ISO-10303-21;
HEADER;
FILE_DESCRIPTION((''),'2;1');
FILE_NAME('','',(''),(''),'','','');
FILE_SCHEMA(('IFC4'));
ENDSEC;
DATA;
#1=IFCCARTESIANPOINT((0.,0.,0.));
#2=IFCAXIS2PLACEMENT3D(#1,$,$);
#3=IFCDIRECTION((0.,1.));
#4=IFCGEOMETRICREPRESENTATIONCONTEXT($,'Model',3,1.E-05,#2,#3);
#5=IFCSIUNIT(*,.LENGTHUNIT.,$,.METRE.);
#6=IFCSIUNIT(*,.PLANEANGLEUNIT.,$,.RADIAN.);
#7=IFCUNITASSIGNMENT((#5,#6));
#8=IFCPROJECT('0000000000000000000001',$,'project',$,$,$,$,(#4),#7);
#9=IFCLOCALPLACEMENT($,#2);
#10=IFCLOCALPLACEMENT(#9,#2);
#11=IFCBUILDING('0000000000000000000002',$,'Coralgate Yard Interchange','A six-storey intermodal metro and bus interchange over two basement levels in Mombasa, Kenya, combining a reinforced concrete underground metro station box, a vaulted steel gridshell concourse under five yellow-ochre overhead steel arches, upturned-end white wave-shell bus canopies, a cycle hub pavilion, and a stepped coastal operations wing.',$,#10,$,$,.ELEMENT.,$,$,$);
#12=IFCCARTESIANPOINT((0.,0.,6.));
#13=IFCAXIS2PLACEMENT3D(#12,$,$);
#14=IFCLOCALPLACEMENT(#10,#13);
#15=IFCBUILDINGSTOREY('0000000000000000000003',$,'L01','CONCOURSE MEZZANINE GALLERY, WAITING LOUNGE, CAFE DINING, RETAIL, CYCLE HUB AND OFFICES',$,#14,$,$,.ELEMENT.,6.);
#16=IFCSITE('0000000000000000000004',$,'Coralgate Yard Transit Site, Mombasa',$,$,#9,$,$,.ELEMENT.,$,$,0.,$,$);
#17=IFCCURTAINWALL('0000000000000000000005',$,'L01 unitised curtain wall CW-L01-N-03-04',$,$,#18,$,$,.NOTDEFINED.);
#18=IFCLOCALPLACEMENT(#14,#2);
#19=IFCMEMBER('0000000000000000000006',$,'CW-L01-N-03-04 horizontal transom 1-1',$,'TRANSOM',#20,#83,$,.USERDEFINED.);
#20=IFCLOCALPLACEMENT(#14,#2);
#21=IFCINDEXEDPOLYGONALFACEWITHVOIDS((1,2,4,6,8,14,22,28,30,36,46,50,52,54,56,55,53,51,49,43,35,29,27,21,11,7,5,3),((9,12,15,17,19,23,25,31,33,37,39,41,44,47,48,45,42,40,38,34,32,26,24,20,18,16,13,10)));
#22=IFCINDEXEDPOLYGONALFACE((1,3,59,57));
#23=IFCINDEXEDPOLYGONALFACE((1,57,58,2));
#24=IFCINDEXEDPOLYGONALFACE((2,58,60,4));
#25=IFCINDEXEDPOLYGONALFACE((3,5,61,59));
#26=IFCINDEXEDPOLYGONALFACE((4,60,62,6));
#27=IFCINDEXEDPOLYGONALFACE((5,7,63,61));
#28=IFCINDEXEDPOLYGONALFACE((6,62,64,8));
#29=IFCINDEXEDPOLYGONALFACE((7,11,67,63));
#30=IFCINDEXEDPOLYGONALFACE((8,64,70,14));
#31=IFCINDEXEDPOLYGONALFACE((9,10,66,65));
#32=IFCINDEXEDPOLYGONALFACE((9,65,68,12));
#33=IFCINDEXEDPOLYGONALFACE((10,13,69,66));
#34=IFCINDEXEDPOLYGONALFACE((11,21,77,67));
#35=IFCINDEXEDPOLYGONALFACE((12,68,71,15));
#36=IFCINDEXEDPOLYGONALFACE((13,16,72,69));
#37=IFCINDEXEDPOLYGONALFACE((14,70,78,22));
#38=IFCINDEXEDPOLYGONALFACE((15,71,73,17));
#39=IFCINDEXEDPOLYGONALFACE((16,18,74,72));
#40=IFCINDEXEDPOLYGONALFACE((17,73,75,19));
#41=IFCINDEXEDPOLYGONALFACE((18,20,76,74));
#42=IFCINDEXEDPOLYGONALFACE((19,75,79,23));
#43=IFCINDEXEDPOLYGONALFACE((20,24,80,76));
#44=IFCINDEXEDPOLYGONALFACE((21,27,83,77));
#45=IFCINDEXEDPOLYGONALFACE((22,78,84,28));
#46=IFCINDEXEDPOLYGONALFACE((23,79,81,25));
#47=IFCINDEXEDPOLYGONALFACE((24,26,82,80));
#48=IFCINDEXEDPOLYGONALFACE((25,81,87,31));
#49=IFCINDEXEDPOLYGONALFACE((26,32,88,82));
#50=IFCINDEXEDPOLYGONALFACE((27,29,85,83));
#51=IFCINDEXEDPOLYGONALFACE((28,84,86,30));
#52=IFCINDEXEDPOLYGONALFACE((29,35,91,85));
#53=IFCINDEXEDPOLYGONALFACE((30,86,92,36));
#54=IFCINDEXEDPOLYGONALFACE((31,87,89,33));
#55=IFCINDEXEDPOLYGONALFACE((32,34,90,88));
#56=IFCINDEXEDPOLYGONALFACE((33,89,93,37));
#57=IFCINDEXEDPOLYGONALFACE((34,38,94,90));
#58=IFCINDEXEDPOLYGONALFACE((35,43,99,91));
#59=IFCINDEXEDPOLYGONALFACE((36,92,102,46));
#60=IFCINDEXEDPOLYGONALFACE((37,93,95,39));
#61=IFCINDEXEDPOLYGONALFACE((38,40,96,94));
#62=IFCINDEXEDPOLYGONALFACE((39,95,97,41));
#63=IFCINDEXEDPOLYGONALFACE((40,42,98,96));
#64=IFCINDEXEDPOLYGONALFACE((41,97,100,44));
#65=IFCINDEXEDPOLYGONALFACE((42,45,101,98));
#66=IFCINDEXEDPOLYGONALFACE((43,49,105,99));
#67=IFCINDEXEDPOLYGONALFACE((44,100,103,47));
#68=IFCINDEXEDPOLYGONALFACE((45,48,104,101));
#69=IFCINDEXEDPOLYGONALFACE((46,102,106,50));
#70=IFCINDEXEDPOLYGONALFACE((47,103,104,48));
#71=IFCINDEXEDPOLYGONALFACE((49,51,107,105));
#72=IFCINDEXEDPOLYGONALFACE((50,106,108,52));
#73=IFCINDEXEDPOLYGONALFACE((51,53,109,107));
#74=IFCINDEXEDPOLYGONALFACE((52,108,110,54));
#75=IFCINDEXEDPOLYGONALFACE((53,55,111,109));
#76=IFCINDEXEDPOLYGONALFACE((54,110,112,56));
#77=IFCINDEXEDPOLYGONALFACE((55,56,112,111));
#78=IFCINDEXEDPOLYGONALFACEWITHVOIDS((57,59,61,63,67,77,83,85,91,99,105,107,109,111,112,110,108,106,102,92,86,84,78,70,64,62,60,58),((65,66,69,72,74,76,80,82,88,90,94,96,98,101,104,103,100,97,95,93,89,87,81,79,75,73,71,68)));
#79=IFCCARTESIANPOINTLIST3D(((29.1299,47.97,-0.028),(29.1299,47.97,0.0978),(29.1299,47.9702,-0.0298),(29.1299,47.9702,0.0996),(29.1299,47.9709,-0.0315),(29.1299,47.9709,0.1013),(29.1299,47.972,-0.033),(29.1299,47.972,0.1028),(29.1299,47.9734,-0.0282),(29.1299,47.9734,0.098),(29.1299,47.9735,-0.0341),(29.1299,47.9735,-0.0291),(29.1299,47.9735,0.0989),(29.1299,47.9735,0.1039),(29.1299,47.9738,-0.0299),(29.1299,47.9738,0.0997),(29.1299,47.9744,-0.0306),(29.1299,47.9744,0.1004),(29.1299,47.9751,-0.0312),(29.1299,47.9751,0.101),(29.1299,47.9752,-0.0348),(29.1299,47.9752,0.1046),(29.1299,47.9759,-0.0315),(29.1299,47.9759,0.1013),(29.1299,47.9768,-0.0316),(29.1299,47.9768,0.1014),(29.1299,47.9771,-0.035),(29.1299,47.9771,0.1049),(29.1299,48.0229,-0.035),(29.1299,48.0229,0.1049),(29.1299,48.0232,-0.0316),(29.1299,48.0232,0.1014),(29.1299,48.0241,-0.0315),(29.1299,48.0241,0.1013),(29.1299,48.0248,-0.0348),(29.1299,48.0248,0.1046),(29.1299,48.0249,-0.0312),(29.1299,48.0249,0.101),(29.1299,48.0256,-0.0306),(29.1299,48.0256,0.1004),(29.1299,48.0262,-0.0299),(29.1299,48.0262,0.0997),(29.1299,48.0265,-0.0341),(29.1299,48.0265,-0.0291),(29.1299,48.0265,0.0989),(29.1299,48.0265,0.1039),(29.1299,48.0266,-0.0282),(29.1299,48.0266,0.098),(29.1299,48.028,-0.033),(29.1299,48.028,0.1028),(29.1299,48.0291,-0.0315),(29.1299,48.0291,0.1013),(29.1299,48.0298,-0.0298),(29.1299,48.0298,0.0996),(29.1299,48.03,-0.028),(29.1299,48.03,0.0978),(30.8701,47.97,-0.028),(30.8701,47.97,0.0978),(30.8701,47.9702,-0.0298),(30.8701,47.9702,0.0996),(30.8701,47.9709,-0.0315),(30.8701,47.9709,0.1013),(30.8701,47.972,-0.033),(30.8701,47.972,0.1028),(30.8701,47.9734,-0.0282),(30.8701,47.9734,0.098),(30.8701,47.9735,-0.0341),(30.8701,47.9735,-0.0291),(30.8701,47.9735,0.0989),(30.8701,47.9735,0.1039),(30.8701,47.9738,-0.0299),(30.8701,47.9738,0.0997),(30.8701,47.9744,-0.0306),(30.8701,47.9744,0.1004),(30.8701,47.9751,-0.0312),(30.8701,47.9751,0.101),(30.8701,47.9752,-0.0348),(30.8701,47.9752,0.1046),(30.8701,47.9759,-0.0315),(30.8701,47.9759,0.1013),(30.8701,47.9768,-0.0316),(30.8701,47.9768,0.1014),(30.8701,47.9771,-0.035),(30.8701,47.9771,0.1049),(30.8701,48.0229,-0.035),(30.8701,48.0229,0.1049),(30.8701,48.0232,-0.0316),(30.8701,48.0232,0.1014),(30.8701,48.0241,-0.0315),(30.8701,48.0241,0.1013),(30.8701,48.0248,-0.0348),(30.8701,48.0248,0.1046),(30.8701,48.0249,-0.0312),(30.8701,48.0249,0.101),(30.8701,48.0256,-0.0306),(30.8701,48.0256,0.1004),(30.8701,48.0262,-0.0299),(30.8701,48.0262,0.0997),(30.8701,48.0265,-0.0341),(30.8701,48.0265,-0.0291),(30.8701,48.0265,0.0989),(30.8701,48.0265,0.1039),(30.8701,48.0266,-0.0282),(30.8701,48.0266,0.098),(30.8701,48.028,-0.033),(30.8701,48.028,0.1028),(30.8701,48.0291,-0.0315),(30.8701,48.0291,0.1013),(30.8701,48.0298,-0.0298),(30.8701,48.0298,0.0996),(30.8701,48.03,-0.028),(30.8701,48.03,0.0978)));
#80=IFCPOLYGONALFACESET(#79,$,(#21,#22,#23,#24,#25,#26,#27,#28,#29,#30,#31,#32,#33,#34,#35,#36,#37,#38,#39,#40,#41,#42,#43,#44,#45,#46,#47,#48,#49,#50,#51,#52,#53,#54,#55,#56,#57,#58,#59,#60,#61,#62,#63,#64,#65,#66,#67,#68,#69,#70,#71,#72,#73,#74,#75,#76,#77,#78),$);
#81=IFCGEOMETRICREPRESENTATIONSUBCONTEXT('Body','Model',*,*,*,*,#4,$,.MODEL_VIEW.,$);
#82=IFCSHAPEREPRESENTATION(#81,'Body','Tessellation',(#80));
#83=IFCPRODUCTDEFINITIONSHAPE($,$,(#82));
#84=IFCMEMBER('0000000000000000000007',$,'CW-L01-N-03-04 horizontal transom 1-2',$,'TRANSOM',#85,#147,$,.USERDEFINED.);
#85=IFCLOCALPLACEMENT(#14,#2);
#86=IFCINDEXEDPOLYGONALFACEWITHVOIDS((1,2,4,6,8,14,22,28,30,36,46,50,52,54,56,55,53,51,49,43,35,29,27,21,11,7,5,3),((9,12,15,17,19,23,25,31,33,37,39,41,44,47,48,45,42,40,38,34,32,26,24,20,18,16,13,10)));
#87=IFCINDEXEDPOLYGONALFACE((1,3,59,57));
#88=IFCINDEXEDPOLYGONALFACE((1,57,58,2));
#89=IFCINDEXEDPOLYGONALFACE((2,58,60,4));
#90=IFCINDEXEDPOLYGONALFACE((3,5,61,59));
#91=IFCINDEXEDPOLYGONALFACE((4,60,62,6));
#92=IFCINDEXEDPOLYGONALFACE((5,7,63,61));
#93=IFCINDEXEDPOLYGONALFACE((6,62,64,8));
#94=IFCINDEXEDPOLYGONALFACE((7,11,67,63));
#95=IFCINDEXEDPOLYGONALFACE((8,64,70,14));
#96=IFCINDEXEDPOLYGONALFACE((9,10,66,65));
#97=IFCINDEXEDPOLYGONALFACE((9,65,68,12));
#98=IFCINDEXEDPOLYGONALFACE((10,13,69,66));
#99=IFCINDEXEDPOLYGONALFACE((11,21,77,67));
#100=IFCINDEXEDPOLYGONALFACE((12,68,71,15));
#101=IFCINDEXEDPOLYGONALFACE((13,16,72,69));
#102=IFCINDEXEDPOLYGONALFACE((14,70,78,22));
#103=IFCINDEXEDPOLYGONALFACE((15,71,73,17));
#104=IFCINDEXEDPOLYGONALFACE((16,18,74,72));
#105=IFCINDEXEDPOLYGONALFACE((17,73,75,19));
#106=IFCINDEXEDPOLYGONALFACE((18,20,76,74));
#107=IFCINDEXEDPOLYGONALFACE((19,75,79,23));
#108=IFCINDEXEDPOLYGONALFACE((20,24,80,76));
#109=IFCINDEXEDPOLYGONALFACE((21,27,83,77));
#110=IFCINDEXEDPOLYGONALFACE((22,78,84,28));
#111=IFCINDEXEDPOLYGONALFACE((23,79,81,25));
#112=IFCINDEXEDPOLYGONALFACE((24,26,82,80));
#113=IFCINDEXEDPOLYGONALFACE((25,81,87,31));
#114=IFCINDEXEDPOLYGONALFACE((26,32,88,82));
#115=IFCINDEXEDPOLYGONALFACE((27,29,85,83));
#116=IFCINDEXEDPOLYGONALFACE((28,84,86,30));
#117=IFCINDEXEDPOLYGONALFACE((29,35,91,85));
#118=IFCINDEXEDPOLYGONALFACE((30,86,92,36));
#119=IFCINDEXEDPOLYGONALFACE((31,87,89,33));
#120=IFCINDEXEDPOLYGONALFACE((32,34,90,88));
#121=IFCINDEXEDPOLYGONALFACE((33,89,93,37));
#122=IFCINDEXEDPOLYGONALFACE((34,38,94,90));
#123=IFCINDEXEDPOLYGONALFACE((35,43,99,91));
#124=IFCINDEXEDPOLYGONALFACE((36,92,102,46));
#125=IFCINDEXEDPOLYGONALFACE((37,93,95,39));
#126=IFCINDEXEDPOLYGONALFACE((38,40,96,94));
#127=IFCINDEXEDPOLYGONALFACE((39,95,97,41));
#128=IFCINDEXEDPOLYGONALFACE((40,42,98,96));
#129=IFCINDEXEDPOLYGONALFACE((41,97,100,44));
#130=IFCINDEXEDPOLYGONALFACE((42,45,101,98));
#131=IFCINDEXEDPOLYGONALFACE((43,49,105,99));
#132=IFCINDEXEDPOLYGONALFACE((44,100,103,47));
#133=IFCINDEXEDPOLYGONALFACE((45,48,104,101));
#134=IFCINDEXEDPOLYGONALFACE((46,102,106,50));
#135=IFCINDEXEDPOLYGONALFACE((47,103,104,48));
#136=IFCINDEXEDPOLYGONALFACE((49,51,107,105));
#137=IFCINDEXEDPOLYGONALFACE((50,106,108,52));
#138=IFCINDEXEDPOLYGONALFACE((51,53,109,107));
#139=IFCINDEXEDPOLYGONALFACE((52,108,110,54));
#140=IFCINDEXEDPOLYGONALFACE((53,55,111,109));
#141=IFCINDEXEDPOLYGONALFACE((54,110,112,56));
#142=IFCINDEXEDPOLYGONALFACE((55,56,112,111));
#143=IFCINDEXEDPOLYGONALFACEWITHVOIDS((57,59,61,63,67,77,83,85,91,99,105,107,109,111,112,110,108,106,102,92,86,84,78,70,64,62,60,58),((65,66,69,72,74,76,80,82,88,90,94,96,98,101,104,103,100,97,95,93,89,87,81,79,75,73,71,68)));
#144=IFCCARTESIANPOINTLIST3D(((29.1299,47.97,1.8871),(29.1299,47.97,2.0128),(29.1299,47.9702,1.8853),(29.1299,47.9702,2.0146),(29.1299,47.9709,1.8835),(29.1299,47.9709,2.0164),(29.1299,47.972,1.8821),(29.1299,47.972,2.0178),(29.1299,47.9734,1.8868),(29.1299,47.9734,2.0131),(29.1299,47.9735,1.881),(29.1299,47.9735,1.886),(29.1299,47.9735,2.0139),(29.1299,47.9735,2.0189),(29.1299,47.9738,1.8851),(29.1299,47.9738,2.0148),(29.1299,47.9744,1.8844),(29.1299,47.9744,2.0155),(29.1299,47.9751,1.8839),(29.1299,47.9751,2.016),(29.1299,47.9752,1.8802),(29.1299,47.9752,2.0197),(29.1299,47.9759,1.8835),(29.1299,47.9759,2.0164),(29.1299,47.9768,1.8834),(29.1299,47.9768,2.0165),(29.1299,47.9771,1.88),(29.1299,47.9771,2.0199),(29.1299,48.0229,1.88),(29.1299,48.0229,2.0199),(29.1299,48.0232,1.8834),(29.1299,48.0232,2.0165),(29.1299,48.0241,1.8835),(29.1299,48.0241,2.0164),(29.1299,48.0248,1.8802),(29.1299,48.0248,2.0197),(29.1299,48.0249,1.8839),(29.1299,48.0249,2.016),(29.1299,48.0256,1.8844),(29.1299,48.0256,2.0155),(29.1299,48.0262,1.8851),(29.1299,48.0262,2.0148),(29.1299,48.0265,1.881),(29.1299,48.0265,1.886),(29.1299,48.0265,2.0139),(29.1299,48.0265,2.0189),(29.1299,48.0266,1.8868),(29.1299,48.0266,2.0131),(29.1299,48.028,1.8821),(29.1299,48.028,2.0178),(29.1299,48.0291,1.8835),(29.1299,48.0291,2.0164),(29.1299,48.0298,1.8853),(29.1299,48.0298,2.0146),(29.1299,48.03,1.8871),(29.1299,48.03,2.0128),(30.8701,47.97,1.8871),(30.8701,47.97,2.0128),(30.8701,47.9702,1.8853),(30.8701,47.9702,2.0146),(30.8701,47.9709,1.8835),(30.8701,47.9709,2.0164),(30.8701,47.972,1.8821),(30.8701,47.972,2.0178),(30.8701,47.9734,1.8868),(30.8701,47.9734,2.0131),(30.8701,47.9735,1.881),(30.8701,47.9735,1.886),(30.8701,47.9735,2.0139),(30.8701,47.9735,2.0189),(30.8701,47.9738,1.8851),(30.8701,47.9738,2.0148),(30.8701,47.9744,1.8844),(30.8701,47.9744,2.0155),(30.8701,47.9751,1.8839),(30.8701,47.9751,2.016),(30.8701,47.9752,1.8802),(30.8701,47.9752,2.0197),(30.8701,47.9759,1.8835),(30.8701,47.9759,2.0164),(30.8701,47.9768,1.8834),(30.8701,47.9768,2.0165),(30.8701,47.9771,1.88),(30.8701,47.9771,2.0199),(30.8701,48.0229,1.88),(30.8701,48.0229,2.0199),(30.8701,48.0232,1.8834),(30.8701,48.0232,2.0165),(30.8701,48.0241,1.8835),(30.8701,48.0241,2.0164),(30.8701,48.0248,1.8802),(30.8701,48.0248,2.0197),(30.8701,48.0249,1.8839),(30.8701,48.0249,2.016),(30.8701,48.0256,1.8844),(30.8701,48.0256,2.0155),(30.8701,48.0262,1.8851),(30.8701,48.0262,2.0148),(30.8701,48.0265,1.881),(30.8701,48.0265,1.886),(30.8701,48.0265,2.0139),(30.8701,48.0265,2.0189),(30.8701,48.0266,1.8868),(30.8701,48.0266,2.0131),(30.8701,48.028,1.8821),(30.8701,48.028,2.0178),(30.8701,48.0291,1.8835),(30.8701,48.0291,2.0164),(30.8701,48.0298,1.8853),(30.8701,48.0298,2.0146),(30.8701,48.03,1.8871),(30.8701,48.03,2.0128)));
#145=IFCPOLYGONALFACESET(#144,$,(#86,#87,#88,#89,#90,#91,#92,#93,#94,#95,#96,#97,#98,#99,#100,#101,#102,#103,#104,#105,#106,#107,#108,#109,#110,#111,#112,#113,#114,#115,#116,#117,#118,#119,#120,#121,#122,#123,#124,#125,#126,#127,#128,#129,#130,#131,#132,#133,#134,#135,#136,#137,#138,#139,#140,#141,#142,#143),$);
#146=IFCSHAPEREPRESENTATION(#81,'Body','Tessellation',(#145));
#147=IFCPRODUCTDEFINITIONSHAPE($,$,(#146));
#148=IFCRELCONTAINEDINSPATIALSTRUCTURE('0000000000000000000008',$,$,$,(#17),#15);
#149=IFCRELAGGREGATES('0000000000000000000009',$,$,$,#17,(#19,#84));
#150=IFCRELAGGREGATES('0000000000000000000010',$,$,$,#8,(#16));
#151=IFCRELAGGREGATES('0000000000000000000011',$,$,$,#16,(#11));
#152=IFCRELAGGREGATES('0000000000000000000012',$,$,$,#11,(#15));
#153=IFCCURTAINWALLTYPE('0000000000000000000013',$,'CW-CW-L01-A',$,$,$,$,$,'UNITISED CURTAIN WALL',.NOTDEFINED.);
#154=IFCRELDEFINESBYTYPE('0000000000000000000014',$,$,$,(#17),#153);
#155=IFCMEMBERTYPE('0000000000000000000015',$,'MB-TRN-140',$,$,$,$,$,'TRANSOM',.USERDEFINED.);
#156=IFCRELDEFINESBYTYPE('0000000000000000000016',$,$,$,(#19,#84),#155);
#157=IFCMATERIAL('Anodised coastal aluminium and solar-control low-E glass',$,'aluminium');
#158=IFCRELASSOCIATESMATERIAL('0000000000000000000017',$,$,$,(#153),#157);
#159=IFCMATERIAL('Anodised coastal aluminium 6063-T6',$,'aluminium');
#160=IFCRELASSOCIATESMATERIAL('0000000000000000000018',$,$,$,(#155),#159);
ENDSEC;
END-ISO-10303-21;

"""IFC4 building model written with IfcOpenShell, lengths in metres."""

from ifc_helpers import new_model, si_unit, direction, frame, origin, origin_2d, place, context, subcontext, project, spatial, hollow_rectangle, extrude, material, material_profile, profile_set, type_object, element, aggregate, save


model = new_model("IFC4")

# Units and contexts
model_context = context("Model", 3, precision=1e-05, world=origin(), true_north=direction((0.0, 1.0)))
body_context = subcontext(model_context, "Body", "Model", "MODEL_VIEW")
ifc_project = project(units=[si_unit("LENGTHUNIT", "METRE"), si_unit("PLANEANGLEUNIT", "RADIAN")], contexts=[model_context])

# Site, building, storey
site_placement = place(None, origin())
site = spatial("IfcSite", under=ifc_project, at=site_placement, Name="Coralgate Yard Transit Site, Mombasa", CompositionType="ELEMENT", RefElevation=0.0)
building_placement = place(site_placement, origin())
building = spatial("IfcBuilding", under=site, at=building_placement, Name="Coralgate Yard Interchange", Description="A six-storey intermodal metro and bus interchange over two basement levels in Mombasa, Kenya, combining a reinforced concrete underground metro station box, a vaulted steel gridshell concourse under five yellow-ochre overhead steel arches, upturned-end white wave-shell bus canopies, a cycle hub pavilion, and a stepped coastal operations wing.", CompositionType="ELEMENT")
storey_placement = place(building_placement, frame((0.0, 0.0, 6.0)))
storey = spatial("IfcBuildingStorey", under=building, at=storey_placement, Name="L01", Description="CONCOURSE MEZZANINE GALLERY, WAITING LOUNGE, CAFE DINING, RETAIL, CYCLE HUB AND OFFICES", CompositionType="ELEMENT", Elevation=6.0)

# Shared definitions
ifc_material_1 = material(Name="Anodised coastal aluminium and solar-control low-E glass", Category="aluminium")
curtain_wall_type_1 = type_object("IfcCurtainWallType", Name="CW-CW-L01-A", ElementType="UNITISED CURTAIN WALL", PredefinedType="NOTDEFINED", material=ifc_material_1)
ifc_material_2 = material(Name="Anodised coastal aluminium 6063-T6", Category="aluminium")

# Curtain wall
curtain_wall_1_placement = place(storey_placement, origin())
curtain_wall_1 = element("IfcCurtainWall", 1, at=curtain_wall_1_placement, inside=storey, type_object=curtain_wall_type_1, Name="L01 unitised curtain wall CW-L01-N-03-04", PredefinedType="NOTDEFINED")

# Members
ifc_material_profile_1 = material_profile(ifc_material_2, hollow_rectangle(XDim=0.0601, YDim=0.1399, WallThickness=0.0034, InnerFilletRadius=0.0034, OuterFilletRadius=0.0071, at=origin_2d()), Name="ALU 60x140x3.5")
ifc_profile_set_1 = profile_set([ifc_material_profile_1], Name="Anodised coastal aluminium 6063-T6")
member_type_1 = type_object("IfcMemberType", Name="MB-TRN-140", ElementType="TRANSOM", PredefinedType="USERDEFINED", material=ifc_profile_set_1)
member_1_placement = place(storey_placement, frame((29.1299, 48.0, 0.0349), z_axis=(1.0, 0.0, 0.0), x_axis=(0.0, 1.0, 0.0)))
member_1 = element("IfcMember", 2, at=member_1_placement, type_object=member_type_1, Name="CW-L01-N-03-04 horizontal transom 1-1", ObjectType="TRANSOM", PredefinedType="USERDEFINED", context=body_context, shape_type="SweptSolid", body=[
    extrude(hollow_rectangle(XDim=0.0601, YDim=0.1399, WallThickness=0.0034, InnerFilletRadius=0.0034, OuterFilletRadius=0.0071, at=origin_2d()), origin(), (0.0, 0.0, 1.0), 1.7402),
])
member_2_placement = place(storey_placement, frame((29.1299, 48.0, 1.95), z_axis=(1.0, 0.0, 0.0), x_axis=(0.0, 1.0, 0.0)))
member_2 = element("IfcMember", 3, at=member_2_placement, type_object=member_type_1, Name="CW-L01-N-03-04 horizontal transom 1-2", ObjectType="TRANSOM", PredefinedType="USERDEFINED", context=body_context, shape_type="SweptSolid", body=[
    extrude(hollow_rectangle(XDim=0.0601, YDim=0.1399, WallThickness=0.0034, InnerFilletRadius=0.0034, OuterFilletRadius=0.0071, at=origin_2d()), origin(), (0.0, 0.0, 1.0), 1.7402),
])
aggregate(curtain_wall_1, [member_1, member_2])

save(model, "model.ifc")
